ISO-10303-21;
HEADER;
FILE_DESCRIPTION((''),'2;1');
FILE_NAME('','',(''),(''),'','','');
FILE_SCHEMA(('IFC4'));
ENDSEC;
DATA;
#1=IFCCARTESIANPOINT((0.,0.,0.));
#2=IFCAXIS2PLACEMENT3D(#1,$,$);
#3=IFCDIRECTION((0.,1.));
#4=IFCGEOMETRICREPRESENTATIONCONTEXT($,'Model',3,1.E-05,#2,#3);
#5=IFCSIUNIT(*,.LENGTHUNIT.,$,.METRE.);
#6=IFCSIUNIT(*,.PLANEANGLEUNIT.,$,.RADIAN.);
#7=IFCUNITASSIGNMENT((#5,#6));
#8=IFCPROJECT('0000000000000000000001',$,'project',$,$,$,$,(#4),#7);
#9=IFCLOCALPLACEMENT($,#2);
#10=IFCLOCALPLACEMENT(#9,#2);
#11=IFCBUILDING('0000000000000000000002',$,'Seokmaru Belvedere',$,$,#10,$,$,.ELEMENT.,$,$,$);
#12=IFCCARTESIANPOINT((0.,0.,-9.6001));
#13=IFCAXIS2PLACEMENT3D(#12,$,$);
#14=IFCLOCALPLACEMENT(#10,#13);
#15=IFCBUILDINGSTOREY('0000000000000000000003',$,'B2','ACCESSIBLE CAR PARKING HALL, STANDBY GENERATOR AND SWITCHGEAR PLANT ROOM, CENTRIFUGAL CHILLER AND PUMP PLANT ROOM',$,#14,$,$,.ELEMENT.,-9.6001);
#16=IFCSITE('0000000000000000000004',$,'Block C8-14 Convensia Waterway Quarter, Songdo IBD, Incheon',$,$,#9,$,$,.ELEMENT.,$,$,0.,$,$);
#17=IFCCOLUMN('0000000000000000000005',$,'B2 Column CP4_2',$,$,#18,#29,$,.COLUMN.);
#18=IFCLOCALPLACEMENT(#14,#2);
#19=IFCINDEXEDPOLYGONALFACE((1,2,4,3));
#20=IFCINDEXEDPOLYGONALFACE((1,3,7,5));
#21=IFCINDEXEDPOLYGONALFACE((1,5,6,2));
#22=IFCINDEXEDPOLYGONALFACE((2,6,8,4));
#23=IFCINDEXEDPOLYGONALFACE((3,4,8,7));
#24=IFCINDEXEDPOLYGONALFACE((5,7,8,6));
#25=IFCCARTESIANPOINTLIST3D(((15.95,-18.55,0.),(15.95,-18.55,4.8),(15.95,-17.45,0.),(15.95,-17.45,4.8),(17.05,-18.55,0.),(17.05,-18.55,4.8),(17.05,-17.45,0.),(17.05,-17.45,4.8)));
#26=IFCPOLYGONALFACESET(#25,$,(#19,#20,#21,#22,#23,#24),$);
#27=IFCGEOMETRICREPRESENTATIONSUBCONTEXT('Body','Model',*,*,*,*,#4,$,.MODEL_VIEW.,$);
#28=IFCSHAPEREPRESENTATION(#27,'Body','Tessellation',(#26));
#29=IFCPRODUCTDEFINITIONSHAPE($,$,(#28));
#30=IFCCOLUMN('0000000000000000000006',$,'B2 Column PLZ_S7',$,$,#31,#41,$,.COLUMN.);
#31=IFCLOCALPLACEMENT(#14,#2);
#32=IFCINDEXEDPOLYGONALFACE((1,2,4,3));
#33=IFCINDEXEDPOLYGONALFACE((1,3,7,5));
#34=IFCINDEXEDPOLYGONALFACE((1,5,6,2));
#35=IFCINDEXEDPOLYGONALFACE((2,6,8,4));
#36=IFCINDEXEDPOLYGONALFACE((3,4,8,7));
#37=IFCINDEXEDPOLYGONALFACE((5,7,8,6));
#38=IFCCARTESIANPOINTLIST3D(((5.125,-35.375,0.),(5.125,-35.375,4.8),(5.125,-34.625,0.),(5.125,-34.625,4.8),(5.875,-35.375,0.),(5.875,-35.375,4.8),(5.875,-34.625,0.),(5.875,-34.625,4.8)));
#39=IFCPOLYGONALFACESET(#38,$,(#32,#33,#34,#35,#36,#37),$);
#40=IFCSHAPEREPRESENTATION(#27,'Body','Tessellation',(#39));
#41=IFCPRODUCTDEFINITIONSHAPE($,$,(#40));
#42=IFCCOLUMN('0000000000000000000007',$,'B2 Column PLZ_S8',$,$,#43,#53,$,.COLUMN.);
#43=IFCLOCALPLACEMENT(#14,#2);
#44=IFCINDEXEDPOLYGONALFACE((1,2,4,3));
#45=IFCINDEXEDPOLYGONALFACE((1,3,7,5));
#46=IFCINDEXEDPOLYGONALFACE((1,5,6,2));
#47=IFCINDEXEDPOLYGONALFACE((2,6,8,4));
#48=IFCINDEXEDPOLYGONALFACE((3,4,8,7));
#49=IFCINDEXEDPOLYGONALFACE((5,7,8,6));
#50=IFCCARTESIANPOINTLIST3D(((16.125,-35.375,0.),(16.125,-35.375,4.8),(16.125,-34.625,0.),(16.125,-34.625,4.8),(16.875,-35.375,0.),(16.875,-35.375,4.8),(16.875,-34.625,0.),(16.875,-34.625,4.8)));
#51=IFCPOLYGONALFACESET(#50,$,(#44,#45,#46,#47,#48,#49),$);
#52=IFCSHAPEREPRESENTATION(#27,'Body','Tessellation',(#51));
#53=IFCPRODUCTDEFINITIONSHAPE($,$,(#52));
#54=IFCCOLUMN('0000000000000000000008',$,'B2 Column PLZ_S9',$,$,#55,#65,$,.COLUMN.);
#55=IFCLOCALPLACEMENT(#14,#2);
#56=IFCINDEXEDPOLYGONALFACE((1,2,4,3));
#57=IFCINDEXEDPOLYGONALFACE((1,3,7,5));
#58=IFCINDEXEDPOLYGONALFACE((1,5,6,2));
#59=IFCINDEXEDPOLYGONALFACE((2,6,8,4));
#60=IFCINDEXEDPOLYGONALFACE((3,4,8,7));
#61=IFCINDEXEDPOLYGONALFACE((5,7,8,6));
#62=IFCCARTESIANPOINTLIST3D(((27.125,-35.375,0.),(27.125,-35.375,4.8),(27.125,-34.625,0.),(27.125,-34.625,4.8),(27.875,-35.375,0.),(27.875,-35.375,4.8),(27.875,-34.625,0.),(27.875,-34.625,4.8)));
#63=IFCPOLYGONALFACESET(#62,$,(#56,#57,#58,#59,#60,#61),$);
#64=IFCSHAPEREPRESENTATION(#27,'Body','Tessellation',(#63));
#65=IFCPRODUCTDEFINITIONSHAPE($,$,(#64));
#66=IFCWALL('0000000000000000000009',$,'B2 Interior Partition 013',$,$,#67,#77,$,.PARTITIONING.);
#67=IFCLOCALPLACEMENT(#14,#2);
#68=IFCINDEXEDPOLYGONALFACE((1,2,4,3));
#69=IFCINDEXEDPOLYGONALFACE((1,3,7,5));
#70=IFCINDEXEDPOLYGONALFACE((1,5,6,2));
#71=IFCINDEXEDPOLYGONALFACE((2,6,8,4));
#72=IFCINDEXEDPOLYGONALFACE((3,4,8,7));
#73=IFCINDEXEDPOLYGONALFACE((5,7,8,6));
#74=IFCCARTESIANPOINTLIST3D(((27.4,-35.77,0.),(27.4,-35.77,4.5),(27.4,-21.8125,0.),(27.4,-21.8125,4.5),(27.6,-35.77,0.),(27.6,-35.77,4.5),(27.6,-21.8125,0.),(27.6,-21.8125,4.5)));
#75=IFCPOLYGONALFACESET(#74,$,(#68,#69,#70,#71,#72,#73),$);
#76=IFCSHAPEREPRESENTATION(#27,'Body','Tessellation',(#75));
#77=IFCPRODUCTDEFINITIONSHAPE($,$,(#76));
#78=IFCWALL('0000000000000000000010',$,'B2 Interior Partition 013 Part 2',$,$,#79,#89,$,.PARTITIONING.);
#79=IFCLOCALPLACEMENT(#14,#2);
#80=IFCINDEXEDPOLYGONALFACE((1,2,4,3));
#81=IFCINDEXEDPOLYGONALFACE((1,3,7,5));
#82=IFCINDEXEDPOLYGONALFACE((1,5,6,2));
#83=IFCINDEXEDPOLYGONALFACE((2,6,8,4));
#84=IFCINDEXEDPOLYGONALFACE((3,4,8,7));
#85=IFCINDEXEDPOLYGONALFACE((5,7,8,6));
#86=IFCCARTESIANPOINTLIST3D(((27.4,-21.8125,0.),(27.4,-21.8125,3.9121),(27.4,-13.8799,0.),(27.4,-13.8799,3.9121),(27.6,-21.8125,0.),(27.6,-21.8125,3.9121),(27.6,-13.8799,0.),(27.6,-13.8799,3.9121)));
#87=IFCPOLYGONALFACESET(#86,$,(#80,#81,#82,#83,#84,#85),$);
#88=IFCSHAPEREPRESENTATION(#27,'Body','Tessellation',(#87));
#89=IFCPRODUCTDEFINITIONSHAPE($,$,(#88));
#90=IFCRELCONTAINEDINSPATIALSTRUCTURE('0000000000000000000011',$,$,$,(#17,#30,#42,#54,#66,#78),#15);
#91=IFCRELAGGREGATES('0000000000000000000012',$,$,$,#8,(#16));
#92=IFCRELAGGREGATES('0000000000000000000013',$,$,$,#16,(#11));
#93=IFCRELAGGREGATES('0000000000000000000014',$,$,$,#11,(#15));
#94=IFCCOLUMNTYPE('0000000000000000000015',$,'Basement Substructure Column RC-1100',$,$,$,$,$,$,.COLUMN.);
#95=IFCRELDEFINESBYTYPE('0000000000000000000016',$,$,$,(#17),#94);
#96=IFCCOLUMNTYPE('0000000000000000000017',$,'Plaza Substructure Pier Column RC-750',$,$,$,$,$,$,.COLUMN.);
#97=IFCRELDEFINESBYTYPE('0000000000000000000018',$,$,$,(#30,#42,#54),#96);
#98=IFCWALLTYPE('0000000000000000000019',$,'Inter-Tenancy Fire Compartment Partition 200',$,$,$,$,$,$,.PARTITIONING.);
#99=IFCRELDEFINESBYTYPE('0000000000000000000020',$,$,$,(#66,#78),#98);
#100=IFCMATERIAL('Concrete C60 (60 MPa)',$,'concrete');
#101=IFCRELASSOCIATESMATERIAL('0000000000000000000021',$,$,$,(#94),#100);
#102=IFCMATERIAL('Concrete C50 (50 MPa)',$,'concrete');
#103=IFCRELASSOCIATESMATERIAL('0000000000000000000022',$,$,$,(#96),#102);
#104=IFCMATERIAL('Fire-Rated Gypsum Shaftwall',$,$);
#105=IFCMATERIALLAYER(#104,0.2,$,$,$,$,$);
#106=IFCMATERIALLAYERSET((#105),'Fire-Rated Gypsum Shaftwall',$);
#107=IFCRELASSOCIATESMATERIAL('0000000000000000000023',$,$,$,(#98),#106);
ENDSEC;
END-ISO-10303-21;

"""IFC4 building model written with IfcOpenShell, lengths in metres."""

from ifc_helpers import new_model, si_unit, direction, frame, frame_2d, origin, origin_2d, place, context, subcontext, project, spatial, rectangle, extrude, source, transform, mapped, material, layer, layer_set, material_profile, profile_set, type_object, type_shapes, element, save


model = new_model("IFC4")

# Units and contexts
model_context = context("Model", 3, precision=1e-05, world=origin(), true_north=direction((0.0, 1.0)))
body_context = subcontext(model_context, "Body", "Model", "MODEL_VIEW")
ifc_project = project(units=[si_unit("LENGTHUNIT", "METRE"), si_unit("PLANEANGLEUNIT", "RADIAN")], contexts=[model_context])

# Site, building, storey
site_placement = place(None, origin())
site = spatial("IfcSite", under=ifc_project, at=site_placement, Name="Block C8-14 Convensia Waterway Quarter, Songdo IBD, Incheon", CompositionType="ELEMENT", RefElevation=0.0)
building_placement = place(site_placement, origin())
building = spatial("IfcBuilding", under=site, at=building_placement, Name="Seokmaru Belvedere", CompositionType="ELEMENT")
storey_placement = place(building_placement, frame((0.0, 0.0, -9.6001)))
storey = spatial("IfcBuildingStorey", under=building, at=storey_placement, Name="B2", Description="ACCESSIBLE CAR PARKING HALL, STANDBY GENERATOR AND SWITCHGEAR PLANT ROOM, CENTRIFUGAL CHILLER AND PUMP PLANT ROOM", CompositionType="ELEMENT", Elevation=-9.6001)

# Shared definitions
ifc_material_1 = material(Name="Concrete C50 (50 MPa)", Category="concrete")

# Columns
ifc_material_2 = material(Name="Concrete C60 (60 MPa)", Category="concrete")
ifc_material_profile_1 = material_profile(ifc_material_2, rectangle(XDim=1.1001, YDim=1.1001, at=origin_2d()), Name="RC-1100x1100")
ifc_profile_set_1 = profile_set([ifc_material_profile_1], Name="Concrete C60 (60 MPa)")
column_type_1 = type_object("IfcColumnType", Name="Basement Substructure Column RC-1100", PredefinedType="COLUMN", material=ifc_profile_set_1)
shared_shape_1 = source(origin(), body_context, "Body", "SweptSolid", [
    extrude(rectangle(XDim=1.1001, YDim=1.1001, at=origin_2d()), origin(), (0.0, 0.0, 1.0), 4.8),
])
type_shapes(column_type_1, [shared_shape_1])
for number, where, z_axis, x_axis, name in (
    (1, (16.5, -18.0, 0.0), (0.0, 0.0, 1.0), (1.0, 0.0, 0.0), "B2 Column CP4_2"),
):
    element("IfcColumn", number, at=place(storey_placement, frame(where, z_axis=z_axis, x_axis=x_axis)), inside=storey, type_object=column_type_1, Name=name, PredefinedType="COLUMN", context=body_context, shape_type="MappedRepresentation", body=[
        mapped(shared_shape_1, transform((0.0, 0.0, 0.0), scale=1.0)),
    ])
ifc_material_profile_2 = material_profile(ifc_material_1, rectangle(XDim=0.75, YDim=0.75, at=origin_2d()), Name="RC-750x750")
ifc_profile_set_2 = profile_set([ifc_material_profile_2], Name="Concrete C50 (50 MPa)")
column_type_2 = type_object("IfcColumnType", Name="Plaza Substructure Pier Column RC-750", PredefinedType="COLUMN", material=ifc_profile_set_2)
shared_shape_2 = source(origin(), body_context, "Body", "SweptSolid", [
    extrude(rectangle(XDim=0.75, YDim=0.75, at=origin_2d()), origin(), (0.0, 0.0, 1.0), 4.8),
])
type_shapes(column_type_2, [shared_shape_2])
for number, where, z_axis, x_axis, name in (
    (2, (5.5, -35.0, 0.0), (0.0, 0.0, 1.0), (1.0, 0.0, 0.0), "B2 Column PLZ_S7"),
    (3, (16.5, -35.0, 0.0), (0.0, 0.0, 1.0), (1.0, 0.0, 0.0), "B2 Column PLZ_S8"),
    (4, (27.5, -35.0, 0.0), (0.0, 0.0, 1.0), (1.0, 0.0, 0.0), "B2 Column PLZ_S9"),
):
    element("IfcColumn", number, at=place(storey_placement, frame(where, z_axis=z_axis, x_axis=x_axis)), inside=storey, type_object=column_type_2, Name=name, PredefinedType="COLUMN", context=body_context, shape_type="MappedRepresentation", body=[
        mapped(shared_shape_2, transform((0.0, 0.0, 0.0), scale=1.0)),
    ])

# Walls
ifc_material_3 = material(Name="Fire-Rated Gypsum Shaftwall")
ifc_layer_1 = layer(ifc_material_3, 0.2)
ifc_layer_set_1 = layer_set([ifc_layer_1], Name="Fire-Rated Gypsum Shaftwall")
wall_type = type_object("IfcWallType", Name="Inter-Tenancy Fire Compartment Partition 200", PredefinedType="PARTITIONING", material=ifc_layer_set_1)
wall_1_placement = place(storey_placement, frame((27.5, -35.77, 0.0), z_axis=(0.0, 0.0, 1.0), x_axis=(0.0, 1.0, 0.0)))
element("IfcWall", 5, at=wall_1_placement, inside=storey, type_object=wall_type, Name="B2 Interior Partition 013", PredefinedType="PARTITIONING", context=body_context, shape_type="SweptSolid", body=[
    extrude(rectangle(XDim=13.9575, YDim=0.2, at=frame_2d((6.9788, 0.0))), origin(), (0.0, 0.0, 1.0), 4.5),
])
wall_2_placement = place(storey_placement, frame((27.5, -21.8125, 0.0), z_axis=(0.0, 0.0, 1.0), x_axis=(0.0, 1.0, 0.0)))
element("IfcWall", 6, at=wall_2_placement, inside=storey, type_object=wall_type, Name="B2 Interior Partition 013 Part 2", PredefinedType="PARTITIONING", context=body_context, shape_type="SweptSolid", body=[
    extrude(rectangle(XDim=7.9326, YDim=0.2, at=frame_2d((3.9663, 0.0))), origin(), (0.0, 0.0, 1.0), 3.9121),
])

save(model, "model.ifc")
